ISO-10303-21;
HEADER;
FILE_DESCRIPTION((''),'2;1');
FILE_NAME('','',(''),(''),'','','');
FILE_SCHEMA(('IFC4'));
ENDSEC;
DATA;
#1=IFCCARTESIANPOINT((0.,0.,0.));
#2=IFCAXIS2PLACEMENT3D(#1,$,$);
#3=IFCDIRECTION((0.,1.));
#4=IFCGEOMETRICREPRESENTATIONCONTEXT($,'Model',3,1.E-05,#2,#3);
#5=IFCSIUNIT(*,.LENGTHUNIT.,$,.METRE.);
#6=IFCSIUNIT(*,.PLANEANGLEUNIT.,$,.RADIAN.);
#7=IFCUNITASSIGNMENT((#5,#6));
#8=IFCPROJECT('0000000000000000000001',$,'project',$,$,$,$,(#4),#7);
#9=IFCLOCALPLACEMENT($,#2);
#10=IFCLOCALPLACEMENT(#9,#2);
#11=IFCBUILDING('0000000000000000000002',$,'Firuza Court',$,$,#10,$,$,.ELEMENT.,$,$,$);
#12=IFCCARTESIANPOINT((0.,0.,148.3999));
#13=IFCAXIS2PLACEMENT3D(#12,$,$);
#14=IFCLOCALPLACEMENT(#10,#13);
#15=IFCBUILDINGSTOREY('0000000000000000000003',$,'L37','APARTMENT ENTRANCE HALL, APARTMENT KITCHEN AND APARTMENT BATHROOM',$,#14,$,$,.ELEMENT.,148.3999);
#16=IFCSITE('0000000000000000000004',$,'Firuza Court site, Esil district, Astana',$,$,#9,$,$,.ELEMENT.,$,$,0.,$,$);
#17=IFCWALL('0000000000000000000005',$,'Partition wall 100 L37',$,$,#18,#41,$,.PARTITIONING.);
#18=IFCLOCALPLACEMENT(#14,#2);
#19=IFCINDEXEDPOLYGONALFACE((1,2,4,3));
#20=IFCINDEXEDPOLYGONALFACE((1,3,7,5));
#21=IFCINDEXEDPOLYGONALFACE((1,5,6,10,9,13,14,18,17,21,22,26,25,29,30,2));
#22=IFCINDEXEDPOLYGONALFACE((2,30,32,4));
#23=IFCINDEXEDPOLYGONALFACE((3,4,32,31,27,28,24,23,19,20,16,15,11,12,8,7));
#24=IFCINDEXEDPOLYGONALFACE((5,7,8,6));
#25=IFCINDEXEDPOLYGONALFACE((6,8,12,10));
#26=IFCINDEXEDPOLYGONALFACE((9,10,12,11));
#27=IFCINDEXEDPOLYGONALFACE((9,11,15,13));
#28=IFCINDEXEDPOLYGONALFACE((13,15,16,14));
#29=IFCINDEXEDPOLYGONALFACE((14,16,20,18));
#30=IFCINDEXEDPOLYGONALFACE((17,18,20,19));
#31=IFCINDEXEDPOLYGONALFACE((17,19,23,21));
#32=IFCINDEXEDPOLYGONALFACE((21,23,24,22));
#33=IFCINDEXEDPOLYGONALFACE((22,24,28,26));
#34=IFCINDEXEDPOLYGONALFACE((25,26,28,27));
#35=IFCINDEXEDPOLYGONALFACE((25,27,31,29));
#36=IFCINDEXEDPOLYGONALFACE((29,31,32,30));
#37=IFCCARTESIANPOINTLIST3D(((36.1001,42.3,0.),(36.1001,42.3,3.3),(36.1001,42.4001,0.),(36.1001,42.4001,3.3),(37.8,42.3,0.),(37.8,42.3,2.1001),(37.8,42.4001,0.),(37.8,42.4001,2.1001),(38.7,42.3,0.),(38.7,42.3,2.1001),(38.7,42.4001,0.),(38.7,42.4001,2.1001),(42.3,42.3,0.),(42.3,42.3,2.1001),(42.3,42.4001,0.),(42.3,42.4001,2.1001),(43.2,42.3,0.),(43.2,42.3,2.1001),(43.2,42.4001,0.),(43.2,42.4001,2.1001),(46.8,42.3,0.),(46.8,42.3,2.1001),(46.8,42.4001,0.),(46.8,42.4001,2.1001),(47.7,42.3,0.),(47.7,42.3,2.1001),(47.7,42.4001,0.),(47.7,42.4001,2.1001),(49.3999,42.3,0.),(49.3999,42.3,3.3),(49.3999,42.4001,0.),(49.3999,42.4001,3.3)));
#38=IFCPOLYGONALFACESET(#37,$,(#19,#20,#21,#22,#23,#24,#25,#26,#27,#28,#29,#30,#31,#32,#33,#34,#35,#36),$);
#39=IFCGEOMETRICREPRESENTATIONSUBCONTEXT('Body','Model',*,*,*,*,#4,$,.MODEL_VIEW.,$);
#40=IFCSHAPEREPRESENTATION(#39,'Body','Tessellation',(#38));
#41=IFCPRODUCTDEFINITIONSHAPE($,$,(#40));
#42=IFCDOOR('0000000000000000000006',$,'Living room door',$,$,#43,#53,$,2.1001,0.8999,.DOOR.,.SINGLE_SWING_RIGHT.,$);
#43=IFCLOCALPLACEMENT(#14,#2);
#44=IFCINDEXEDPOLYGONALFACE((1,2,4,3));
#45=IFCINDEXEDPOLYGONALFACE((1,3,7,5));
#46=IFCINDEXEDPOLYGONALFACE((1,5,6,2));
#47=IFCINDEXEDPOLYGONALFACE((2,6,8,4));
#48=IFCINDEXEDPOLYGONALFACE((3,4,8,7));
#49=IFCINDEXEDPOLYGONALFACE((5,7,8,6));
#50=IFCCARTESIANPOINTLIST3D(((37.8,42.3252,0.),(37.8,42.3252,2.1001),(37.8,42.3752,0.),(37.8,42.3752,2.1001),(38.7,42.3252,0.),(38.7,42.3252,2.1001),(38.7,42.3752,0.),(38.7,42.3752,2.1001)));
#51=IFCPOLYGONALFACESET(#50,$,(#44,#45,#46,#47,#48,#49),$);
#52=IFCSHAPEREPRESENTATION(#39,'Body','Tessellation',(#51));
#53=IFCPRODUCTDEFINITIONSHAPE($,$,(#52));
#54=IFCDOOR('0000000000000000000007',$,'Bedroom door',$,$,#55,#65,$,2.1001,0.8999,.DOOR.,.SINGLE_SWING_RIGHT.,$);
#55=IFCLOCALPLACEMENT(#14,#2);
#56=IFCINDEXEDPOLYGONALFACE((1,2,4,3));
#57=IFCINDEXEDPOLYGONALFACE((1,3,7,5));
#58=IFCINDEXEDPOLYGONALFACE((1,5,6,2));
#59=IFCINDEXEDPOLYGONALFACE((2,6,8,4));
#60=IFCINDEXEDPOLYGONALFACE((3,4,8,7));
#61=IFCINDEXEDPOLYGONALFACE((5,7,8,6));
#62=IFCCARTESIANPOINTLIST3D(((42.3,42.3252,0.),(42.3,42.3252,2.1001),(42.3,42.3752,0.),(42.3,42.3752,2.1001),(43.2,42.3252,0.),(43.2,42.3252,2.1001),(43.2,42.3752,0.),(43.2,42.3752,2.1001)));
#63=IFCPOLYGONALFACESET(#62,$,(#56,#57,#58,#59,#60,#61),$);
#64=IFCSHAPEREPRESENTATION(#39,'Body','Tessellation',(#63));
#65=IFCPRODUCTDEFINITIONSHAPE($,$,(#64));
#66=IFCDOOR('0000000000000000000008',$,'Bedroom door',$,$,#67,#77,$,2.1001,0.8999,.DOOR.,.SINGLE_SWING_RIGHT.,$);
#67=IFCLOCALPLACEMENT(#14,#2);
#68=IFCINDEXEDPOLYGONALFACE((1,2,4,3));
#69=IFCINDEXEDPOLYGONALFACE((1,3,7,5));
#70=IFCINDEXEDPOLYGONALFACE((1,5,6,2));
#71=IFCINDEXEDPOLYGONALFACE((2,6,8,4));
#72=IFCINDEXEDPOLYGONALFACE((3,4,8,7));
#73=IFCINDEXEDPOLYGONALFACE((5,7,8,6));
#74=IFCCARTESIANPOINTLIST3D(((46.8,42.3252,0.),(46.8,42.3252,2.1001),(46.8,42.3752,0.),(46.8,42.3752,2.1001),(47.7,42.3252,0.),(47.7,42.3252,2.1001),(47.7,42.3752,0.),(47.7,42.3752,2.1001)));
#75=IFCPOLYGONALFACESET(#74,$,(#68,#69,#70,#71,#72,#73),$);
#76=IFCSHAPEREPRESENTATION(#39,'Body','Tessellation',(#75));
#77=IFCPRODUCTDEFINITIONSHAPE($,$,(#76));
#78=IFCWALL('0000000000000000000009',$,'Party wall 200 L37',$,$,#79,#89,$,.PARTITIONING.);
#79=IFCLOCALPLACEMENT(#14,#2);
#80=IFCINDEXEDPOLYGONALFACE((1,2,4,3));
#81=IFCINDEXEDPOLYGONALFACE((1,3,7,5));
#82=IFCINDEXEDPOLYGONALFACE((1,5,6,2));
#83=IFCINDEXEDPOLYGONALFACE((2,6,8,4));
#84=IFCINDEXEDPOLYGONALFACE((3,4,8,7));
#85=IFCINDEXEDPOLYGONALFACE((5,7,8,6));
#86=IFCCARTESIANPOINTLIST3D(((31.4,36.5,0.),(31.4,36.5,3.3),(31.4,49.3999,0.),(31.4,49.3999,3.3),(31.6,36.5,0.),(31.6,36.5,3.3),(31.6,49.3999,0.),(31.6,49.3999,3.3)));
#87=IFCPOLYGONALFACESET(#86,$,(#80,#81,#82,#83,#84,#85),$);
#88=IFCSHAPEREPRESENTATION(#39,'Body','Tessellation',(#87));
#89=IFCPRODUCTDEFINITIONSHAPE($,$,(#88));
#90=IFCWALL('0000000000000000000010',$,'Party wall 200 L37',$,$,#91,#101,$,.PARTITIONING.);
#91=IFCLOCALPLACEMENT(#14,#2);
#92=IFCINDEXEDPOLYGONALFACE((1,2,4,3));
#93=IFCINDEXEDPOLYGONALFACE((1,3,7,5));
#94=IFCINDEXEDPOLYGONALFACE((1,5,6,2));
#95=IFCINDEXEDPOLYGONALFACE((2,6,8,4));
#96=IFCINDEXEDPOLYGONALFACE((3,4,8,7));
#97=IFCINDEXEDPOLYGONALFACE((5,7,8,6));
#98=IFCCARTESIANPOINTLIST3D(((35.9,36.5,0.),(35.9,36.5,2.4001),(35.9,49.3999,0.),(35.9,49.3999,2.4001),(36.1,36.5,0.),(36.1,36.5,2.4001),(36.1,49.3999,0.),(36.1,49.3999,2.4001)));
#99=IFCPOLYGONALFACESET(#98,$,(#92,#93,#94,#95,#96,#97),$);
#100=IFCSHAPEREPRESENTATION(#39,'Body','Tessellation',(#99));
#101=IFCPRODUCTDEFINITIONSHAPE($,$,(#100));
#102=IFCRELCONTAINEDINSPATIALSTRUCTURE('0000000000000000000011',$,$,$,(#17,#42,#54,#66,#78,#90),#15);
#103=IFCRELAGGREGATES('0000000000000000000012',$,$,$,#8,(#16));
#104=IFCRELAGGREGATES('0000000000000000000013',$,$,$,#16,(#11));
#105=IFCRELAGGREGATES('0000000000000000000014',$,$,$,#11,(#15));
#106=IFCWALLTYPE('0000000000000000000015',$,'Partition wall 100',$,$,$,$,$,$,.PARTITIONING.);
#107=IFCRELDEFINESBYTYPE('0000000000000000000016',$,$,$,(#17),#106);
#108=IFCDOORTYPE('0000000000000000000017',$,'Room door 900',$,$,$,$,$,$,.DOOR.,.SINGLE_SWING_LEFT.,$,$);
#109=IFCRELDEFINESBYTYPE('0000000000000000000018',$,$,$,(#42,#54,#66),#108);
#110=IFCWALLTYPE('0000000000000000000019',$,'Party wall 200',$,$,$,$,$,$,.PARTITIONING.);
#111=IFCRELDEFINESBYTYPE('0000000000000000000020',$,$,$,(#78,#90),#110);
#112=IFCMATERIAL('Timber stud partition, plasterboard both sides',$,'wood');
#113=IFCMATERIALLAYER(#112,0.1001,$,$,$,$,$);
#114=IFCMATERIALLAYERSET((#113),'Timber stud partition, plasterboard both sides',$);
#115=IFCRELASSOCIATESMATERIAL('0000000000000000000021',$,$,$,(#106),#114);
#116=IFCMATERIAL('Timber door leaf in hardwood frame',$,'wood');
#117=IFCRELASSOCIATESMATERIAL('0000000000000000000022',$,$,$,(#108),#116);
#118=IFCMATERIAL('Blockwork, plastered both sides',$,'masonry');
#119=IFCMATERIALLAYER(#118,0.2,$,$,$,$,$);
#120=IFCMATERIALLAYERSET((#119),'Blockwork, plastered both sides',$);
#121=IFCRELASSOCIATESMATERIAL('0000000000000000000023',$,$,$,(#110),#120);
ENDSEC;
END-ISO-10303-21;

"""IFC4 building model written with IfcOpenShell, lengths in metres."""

from ifc_helpers import new_model, si_unit, direction, frame, frame_2d, origin, place, context, subcontext, project, spatial, rectangle, extrude, material, layer, layer_set, type_object, element, fill, save


model = new_model("IFC4")

# Units and contexts
model_context = context("Model", 3, precision=1e-05, world=origin(), true_north=direction((0.0, 1.0)))
body_context = subcontext(model_context, "Body", "Model", "MODEL_VIEW")
ifc_project = project(units=[si_unit("LENGTHUNIT", "METRE"), si_unit("PLANEANGLEUNIT", "RADIAN")], contexts=[model_context])

# Site, building, storey
site_placement = place(None, origin())
site = spatial("IfcSite", under=ifc_project, at=site_placement, Name="Firuza Court site, Esil district, Astana", CompositionType="ELEMENT", RefElevation=0.0)
building_placement = place(site_placement, origin())
building = spatial("IfcBuilding", under=site, at=building_placement, Name="Firuza Court", CompositionType="ELEMENT")
storey_placement = place(building_placement, frame((0.0, 0.0, 148.3999)))
storey = spatial("IfcBuildingStorey", under=building, at=storey_placement, Name="L37", Description="APARTMENT ENTRANCE HALL, APARTMENT KITCHEN AND APARTMENT BATHROOM", CompositionType="ELEMENT", Elevation=148.3999)

# Shared definitions
ifc_material_1 = material(Name="Blockwork, plastered both sides", Category="masonry")
ifc_material_2 = material(Name="Timber stud partition, plasterboard both sides", Category="wood")
ifc_layer_1 = layer(ifc_material_2, 0.1001)
ifc_layer_set_1 = layer_set([ifc_layer_1], Name="Timber stud partition, plasterboard both sides")
wall_type_1 = type_object("IfcWallType", Name="Partition wall 100", PredefinedType="PARTITIONING", material=ifc_layer_set_1)
ifc_material_3 = material(Name="Timber door leaf in hardwood frame", Category="wood")
door_type_1 = type_object("IfcDoorType", Name="Room door 900", OperationType="SINGLE_SWING_LEFT", PredefinedType="DOOR", material=ifc_material_3)

# Wall, openings, doors
wall_1_placement = place(storey_placement, frame((36.1001, 42.3501, 0.0), z_axis=(0.0, 0.0, 1.0), x_axis=(1.0, 0.0, 0.0)))
wall_1 = element("IfcWall", 1, at=wall_1_placement, inside=storey, type_object=wall_type_1, Name="Partition wall 100 L37", PredefinedType="PARTITIONING", context=body_context, shape_type="SweptSolid", body=[
    extrude(rectangle(XDim=13.2998, YDim=0.1001, at=frame_2d((6.6499, 0.0))), origin(), (0.0, 0.0, 1.0), 3.3),
])
opening_1_placement = place(wall_1_placement, frame((1.7, 0.0, 0.0)))
opening_1 = element("IfcOpeningElement", 2, at=opening_1_placement, cuts=wall_1, PredefinedType="OPENING", context=body_context, shape_type="SweptSolid", body=[
    extrude(rectangle(XDim=0.8999, YDim=2.1001, at=frame_2d((0.45, 1.05))), frame((0.0, 0.062, 0.0), z_axis=(0.0, -1.0, 0.0), x_axis=(1.0, 0.0, 0.0)), (0.0, 0.0, 1.0), 0.124),
])
opening_2_placement = place(wall_1_placement, frame((6.2, 0.0, 0.0)))
opening_2 = element("IfcOpeningElement", 3, at=opening_2_placement, cuts=wall_1, PredefinedType="OPENING", context=body_context, shape_type="SweptSolid", body=[
    extrude(rectangle(XDim=0.8999, YDim=2.1001, at=frame_2d((0.45, 1.05))), frame((0.0, 0.062, 0.0), z_axis=(0.0, -1.0, 0.0), x_axis=(1.0, 0.0, 0.0)), (0.0, 0.0, 1.0), 0.124),
])
opening_3_placement = place(wall_1_placement, frame((10.7, 0.0, 0.0)))
opening_3 = element("IfcOpeningElement", 4, at=opening_3_placement, cuts=wall_1, PredefinedType="OPENING", context=body_context, shape_type="SweptSolid", body=[
    extrude(rectangle(XDim=0.8999, YDim=2.1001, at=frame_2d((0.45, 1.05))), frame((0.0, 0.062, 0.0), z_axis=(0.0, -1.0, 0.0), x_axis=(1.0, 0.0, 0.0)), (0.0, 0.0, 1.0), 0.124),
])
door_1_placement = place(opening_1_placement, frame((0.8999, 0.0, 0.0), z_axis=(0.0, 0.0, 1.0), x_axis=(-1.0, 0.0, 0.0)))
door_1 = element("IfcDoor", 5, at=door_1_placement, inside=storey, type_object=door_type_1, Name="Living room door", OperationType="SINGLE_SWING_RIGHT", OverallHeight=2.1001, OverallWidth=0.8999, PredefinedType="DOOR", context=body_context, shape_type="SweptSolid", body=[
    extrude(rectangle(XDim=0.8999, YDim=2.1001, at=frame_2d((0.45, 1.05))), frame((0.0, 0.0249, 0.0), z_axis=(0.0, -1.0, 0.0), x_axis=(1.0, 0.0, 0.0)), (0.0, 0.0, 1.0), 0.05),
])
fill(opening_1, door_1)
door_2_placement = place(opening_2_placement, frame((0.8999, 0.0, 0.0), z_axis=(0.0, 0.0, 1.0), x_axis=(-1.0, 0.0, 0.0)))
door_2 = element("IfcDoor", 6, at=door_2_placement, inside=storey, type_object=door_type_1, Name="Bedroom door", OperationType="SINGLE_SWING_RIGHT", OverallHeight=2.1001, OverallWidth=0.8999, PredefinedType="DOOR", context=body_context, shape_type="SweptSolid", body=[
    extrude(rectangle(XDim=0.8999, YDim=2.1001, at=frame_2d((0.45, 1.05))), frame((0.0, 0.0249, 0.0), z_axis=(0.0, -1.0, 0.0), x_axis=(1.0, 0.0, 0.0)), (0.0, 0.0, 1.0), 0.05),
])
fill(opening_2, door_2)
door_3_placement = place(opening_3_placement, frame((0.8999, 0.0, 0.0), z_axis=(0.0, 0.0, 1.0), x_axis=(-1.0, 0.0, 0.0)))
door_3 = element("IfcDoor", 7, at=door_3_placement, inside=storey, type_object=door_type_1, Name="Bedroom door", OperationType="SINGLE_SWING_RIGHT", OverallHeight=2.1001, OverallWidth=0.8999, PredefinedType="DOOR", context=body_context, shape_type="SweptSolid", body=[
    extrude(rectangle(XDim=0.8999, YDim=2.1001, at=frame_2d((0.45, 1.05))), frame((0.0, 0.0249, 0.0), z_axis=(0.0, -1.0, 0.0), x_axis=(1.0, 0.0, 0.0)), (0.0, 0.0, 1.0), 0.05),
])
fill(opening_3, door_3)

# Walls
ifc_layer_2 = layer(ifc_material_1, 0.2)
ifc_layer_set_2 = layer_set([ifc_layer_2], Name="Blockwork, plastered both sides")
wall_type_2 = type_object("IfcWallType", Name="Party wall 200", PredefinedType="PARTITIONING", material=ifc_layer_set_2)
wall_2_placement = place(storey_placement, frame((31.5, 36.5, 0.0), z_axis=(0.0, 0.0, 1.0), x_axis=(0.0, 1.0, 0.0)))
element("IfcWall", 8, at=wall_2_placement, inside=storey, type_object=wall_type_2, Name="Party wall 200 L37", PredefinedType="PARTITIONING", context=body_context, shape_type="SweptSolid", body=[
    extrude(rectangle(XDim=12.8999, YDim=0.2, at=frame_2d((6.45, 0.0))), origin(), (0.0, 0.0, 1.0), 3.3),
])
wall_3_placement = place(storey_placement, frame((36.0, 36.5, 0.0), z_axis=(0.0, 0.0, 1.0), x_axis=(0.0, 1.0, 0.0)))
element("IfcWall", 9, at=wall_3_placement, inside=storey, type_object=wall_type_2, Name="Party wall 200 L37", PredefinedType="PARTITIONING", context=body_context, shape_type="SweptSolid", body=[
    extrude(rectangle(XDim=12.8999, YDim=0.2, at=frame_2d((6.45, 0.0))), origin(), (0.0, 0.0, 1.0), 2.4001),
])

save(model, "model.ifc")
